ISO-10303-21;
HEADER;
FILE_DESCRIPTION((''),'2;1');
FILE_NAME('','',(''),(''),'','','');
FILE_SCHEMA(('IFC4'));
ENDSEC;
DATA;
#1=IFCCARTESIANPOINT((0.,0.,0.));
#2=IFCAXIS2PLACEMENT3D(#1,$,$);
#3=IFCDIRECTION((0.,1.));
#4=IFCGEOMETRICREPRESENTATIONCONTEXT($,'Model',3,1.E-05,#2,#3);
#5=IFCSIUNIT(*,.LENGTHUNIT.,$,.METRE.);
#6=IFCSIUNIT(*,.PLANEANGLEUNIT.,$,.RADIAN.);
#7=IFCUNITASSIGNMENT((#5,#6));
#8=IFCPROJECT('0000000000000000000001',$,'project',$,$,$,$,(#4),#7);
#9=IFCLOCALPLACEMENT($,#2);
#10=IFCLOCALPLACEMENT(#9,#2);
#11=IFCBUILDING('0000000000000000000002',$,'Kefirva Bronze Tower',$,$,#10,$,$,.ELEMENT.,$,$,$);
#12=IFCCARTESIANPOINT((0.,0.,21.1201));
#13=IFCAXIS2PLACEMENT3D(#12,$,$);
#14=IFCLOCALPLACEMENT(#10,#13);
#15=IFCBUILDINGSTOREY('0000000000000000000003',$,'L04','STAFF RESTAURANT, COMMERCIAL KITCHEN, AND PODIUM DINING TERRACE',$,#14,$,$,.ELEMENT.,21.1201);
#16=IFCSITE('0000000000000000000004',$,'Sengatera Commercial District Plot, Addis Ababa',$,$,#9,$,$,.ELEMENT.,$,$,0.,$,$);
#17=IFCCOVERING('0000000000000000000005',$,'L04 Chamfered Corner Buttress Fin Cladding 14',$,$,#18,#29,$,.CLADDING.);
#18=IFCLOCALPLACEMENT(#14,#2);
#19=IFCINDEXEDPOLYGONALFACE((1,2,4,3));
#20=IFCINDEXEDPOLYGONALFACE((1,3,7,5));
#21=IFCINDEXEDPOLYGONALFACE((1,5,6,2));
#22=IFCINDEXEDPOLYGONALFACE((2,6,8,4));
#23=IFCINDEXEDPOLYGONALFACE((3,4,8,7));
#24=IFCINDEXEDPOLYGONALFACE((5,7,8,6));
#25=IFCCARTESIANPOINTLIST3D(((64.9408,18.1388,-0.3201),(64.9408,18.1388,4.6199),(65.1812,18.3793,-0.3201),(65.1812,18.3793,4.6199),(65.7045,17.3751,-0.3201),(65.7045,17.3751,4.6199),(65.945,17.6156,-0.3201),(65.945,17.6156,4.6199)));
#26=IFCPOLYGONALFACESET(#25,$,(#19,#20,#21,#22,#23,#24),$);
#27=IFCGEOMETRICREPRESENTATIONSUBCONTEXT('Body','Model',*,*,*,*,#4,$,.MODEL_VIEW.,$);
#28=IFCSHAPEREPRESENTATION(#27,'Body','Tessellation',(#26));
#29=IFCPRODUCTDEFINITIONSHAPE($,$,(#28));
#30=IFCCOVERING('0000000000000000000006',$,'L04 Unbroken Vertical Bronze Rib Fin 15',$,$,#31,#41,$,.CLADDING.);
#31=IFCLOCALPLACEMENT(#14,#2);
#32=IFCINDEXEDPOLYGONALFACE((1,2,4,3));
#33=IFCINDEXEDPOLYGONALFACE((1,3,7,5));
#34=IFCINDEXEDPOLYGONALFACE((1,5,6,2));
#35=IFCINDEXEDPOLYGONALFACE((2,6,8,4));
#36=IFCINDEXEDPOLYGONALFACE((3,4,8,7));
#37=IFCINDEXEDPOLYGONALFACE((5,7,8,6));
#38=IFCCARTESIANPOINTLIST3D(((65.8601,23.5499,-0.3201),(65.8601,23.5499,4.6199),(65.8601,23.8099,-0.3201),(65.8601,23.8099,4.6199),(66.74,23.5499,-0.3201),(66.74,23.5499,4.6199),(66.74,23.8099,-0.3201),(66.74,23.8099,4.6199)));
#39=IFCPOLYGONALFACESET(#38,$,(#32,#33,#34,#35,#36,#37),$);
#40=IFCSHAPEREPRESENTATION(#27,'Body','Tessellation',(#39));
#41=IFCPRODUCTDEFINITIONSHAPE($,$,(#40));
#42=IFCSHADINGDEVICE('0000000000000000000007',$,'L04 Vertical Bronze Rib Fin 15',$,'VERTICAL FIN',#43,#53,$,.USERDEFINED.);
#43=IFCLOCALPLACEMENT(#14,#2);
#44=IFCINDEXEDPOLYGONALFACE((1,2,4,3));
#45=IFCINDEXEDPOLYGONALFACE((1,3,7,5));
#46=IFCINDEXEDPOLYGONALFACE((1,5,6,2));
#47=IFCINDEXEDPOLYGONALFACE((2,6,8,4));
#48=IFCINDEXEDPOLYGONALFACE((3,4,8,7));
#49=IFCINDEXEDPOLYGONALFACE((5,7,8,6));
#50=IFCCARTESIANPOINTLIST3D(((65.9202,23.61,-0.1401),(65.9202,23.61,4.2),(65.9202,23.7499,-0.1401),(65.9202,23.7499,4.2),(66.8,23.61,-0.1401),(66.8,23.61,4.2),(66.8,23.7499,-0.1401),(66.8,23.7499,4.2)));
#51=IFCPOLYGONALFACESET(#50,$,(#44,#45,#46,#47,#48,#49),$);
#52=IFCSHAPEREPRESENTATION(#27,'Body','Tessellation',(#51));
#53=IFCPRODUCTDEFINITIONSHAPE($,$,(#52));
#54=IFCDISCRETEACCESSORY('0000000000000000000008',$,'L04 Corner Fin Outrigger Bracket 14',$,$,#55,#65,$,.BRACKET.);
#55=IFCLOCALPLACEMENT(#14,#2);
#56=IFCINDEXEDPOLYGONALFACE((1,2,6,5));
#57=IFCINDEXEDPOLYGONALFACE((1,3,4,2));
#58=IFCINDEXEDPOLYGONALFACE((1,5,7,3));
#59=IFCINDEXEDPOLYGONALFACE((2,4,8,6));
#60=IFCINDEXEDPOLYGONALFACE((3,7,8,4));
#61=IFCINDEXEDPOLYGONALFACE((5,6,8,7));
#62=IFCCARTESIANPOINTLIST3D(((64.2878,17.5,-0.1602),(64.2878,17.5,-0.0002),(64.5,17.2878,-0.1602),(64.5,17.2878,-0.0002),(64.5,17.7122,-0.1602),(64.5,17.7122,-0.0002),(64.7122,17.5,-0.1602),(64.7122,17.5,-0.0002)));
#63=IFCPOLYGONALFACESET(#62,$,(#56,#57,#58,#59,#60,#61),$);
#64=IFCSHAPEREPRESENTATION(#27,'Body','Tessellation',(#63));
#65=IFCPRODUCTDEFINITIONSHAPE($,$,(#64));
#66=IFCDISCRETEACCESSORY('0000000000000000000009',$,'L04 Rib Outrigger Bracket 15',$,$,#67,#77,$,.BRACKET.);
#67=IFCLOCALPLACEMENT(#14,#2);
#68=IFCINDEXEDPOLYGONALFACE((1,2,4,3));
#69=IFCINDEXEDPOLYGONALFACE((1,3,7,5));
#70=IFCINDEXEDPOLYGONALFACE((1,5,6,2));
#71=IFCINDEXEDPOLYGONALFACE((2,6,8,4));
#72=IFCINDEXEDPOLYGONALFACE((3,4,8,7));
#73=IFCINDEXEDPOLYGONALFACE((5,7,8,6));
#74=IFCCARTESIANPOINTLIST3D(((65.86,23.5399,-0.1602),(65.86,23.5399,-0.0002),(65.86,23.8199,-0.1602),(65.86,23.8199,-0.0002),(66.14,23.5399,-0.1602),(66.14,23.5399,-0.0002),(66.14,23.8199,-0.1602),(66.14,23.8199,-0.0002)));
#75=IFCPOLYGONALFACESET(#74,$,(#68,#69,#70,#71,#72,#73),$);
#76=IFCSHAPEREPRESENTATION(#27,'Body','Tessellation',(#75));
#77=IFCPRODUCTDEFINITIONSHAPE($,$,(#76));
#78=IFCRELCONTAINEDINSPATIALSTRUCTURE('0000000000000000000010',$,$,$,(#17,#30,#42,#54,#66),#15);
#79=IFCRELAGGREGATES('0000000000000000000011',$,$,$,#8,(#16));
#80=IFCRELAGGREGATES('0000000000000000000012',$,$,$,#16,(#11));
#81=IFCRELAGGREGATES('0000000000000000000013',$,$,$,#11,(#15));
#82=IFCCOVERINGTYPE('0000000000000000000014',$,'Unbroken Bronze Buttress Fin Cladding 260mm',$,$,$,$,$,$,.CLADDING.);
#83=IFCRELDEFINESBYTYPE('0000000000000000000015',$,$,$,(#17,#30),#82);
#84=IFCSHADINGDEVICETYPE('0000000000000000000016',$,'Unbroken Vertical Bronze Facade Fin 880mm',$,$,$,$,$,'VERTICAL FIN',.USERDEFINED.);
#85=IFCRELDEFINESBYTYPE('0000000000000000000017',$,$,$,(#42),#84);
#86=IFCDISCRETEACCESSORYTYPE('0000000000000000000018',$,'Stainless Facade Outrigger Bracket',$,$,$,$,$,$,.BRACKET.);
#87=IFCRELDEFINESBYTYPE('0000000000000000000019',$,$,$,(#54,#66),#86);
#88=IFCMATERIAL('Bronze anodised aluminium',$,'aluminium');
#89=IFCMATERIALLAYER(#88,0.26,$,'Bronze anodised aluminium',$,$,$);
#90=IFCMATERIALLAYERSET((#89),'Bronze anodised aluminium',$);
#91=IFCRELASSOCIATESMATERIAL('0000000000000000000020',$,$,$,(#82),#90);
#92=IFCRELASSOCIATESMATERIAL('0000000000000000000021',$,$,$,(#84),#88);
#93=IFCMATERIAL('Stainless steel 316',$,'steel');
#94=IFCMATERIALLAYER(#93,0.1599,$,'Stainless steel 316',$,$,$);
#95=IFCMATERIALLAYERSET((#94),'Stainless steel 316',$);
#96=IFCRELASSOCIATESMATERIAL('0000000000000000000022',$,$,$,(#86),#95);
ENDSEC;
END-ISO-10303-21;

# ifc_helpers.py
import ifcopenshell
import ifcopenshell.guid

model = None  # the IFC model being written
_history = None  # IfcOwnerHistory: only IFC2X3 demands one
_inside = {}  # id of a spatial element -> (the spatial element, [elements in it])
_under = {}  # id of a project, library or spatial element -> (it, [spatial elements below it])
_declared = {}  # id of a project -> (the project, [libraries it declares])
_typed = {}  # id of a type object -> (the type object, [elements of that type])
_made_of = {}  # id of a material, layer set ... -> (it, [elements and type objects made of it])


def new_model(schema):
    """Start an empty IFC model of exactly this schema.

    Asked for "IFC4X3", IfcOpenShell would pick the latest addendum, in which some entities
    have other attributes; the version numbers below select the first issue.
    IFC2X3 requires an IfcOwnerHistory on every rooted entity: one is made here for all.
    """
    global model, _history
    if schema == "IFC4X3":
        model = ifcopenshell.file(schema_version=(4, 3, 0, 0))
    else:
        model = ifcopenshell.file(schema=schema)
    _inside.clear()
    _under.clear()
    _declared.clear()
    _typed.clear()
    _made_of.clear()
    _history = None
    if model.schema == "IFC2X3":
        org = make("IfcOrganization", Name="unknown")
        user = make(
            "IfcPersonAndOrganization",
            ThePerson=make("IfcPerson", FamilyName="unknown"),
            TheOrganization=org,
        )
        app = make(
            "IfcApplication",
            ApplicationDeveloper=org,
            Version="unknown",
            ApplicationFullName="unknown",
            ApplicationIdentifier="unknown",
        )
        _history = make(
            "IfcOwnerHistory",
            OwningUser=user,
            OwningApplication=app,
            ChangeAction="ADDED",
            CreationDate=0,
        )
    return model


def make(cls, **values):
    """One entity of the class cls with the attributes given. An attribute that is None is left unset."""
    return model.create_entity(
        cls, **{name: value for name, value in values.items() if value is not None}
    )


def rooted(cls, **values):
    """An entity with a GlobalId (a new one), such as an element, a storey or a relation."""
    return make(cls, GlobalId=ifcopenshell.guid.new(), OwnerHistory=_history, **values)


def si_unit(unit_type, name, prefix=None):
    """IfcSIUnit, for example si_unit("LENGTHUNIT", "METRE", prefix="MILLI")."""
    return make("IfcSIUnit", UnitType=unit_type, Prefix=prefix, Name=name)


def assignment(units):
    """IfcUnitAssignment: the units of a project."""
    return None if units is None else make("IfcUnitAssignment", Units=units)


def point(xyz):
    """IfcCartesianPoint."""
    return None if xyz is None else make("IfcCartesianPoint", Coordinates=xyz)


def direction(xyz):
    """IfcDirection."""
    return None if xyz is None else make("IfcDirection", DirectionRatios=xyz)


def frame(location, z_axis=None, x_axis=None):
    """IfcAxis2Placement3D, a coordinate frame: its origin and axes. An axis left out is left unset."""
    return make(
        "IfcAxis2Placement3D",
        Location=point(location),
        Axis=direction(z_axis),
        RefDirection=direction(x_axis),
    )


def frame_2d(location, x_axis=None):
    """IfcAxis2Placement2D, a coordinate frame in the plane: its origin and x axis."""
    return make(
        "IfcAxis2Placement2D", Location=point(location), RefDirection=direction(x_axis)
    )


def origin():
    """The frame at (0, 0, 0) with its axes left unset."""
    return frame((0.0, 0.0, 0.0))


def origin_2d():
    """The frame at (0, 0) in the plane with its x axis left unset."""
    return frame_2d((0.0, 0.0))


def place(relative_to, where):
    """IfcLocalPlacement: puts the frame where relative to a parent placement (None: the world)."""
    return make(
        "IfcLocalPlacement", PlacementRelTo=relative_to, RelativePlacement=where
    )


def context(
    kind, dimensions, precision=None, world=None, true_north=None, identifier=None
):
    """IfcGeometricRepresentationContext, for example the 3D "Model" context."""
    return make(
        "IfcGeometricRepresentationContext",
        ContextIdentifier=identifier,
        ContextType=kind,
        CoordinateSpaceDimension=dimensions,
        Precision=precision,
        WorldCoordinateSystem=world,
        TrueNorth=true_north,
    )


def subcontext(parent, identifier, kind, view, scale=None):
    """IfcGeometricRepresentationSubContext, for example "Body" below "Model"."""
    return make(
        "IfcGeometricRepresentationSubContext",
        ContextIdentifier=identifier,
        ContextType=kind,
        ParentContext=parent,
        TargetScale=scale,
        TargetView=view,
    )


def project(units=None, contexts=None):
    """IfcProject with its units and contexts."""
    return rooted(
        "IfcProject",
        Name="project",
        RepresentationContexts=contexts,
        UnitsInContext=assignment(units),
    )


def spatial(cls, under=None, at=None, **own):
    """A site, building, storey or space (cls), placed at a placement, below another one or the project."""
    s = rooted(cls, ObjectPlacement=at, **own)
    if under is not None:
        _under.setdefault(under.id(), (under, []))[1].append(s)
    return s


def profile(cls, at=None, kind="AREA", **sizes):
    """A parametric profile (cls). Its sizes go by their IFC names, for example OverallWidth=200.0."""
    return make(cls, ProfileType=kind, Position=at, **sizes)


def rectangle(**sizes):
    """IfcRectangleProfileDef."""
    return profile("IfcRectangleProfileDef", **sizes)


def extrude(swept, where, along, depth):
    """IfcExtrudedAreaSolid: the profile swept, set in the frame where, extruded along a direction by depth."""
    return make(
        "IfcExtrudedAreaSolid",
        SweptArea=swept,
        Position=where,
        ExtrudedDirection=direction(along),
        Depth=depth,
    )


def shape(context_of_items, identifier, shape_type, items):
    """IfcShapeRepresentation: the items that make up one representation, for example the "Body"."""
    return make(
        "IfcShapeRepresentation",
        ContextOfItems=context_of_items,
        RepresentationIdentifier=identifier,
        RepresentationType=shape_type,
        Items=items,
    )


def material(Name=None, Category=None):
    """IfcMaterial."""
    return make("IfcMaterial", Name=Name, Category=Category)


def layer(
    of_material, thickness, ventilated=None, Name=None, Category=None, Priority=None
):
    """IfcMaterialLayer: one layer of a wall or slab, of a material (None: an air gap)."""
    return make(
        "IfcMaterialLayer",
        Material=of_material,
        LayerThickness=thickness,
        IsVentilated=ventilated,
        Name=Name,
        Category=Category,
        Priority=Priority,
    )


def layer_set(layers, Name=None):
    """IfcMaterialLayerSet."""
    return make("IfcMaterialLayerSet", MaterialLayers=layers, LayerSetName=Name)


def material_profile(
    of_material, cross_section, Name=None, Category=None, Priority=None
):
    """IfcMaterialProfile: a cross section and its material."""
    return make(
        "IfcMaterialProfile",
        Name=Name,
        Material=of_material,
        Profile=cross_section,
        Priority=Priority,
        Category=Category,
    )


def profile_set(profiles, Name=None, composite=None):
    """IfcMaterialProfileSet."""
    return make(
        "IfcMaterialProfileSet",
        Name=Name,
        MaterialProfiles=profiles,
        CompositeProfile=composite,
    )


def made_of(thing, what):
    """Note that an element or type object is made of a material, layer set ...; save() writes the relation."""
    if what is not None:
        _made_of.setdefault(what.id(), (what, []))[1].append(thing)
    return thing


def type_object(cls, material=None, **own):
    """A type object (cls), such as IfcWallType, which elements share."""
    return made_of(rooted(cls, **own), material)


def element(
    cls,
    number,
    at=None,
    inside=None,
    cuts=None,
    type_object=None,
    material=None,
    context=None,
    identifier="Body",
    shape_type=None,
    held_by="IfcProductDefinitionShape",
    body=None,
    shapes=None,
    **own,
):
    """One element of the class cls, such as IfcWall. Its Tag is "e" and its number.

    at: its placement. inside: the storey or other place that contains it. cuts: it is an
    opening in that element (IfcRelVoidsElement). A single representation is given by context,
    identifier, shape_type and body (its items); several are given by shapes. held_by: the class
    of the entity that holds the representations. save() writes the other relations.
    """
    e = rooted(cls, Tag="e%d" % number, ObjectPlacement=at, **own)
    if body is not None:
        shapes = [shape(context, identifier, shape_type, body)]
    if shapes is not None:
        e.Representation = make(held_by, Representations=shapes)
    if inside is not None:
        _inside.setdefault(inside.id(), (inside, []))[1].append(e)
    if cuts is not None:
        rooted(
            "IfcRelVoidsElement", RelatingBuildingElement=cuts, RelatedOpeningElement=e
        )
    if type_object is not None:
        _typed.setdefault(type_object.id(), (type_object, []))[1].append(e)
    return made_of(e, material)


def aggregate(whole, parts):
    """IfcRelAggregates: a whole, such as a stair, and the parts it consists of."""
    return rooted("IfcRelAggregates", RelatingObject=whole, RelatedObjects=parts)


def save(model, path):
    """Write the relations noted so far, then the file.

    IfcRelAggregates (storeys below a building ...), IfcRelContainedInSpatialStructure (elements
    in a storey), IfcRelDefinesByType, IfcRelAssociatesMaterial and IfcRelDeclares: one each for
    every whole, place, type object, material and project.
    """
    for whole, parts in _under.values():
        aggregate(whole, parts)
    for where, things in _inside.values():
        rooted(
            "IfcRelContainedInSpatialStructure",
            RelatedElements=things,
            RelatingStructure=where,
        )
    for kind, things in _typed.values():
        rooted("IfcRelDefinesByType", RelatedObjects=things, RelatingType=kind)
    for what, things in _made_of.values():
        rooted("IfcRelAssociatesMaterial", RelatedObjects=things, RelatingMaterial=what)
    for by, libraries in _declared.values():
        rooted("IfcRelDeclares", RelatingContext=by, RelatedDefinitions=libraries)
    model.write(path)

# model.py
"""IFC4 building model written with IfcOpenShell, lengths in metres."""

from ifc_helpers import new_model, si_unit, direction, frame, origin, origin_2d, place, context, subcontext, project, spatial, rectangle, extrude, material, layer, layer_set, material_profile, profile_set, type_object, element, save


model = new_model("IFC4")

# Units and contexts
model_context = context("Model", 3, precision=1e-05, world=origin(), true_north=direction((0.0, 1.0)))
body_context = subcontext(model_context, "Body", "Model", "MODEL_VIEW")
ifc_project = project(units=[si_unit("LENGTHUNIT", "METRE"), si_unit("PLANEANGLEUNIT", "RADIAN")], contexts=[model_context])

# Site, building, storey
site_placement = place(None, origin())
site = spatial("IfcSite", under=ifc_project, at=site_placement, Name="Sengatera Commercial District Plot, Addis Ababa", CompositionType="ELEMENT", RefElevation=0.0)
building_placement = place(site_placement, origin())
building = spatial("IfcBuilding", under=site, at=building_placement, Name="Kefirva Bronze Tower", CompositionType="ELEMENT")
storey_placement = place(building_placement, frame((0.0, 0.0, 21.1201)))
storey = spatial("IfcBuildingStorey", under=building, at=storey_placement, Name="L04", Description="STAFF RESTAURANT, COMMERCIAL KITCHEN, AND PODIUM DINING TERRACE", CompositionType="ELEMENT", Elevation=21.1201)

# Shared definitions
ifc_material_1 = material(Name="Bronze anodised aluminium", Category="aluminium")

# Shared definitions
ifc_material_2 = material(Name="Stainless steel 316", Category="steel")

# Coverings
ifc_layer_1 = layer(ifc_material_1, 0.26, Name="Bronze anodised aluminium")
ifc_layer_set_1 = layer_set([ifc_layer_1], Name="Bronze anodised aluminium")
covering_type_1 = type_object("IfcCoveringType", Name="Unbroken Bronze Buttress Fin Cladding 260mm", PredefinedType="CLADDING", material=ifc_layer_set_1)
for number, where, z_axis, x_axis, name in (
    (1, (65.4429, 17.8772, -0.3201), (0.0, 0.0, 1.0), (0.707107, 0.707107, 0.0), "L04 Chamfered Corner Buttress Fin Cladding 14"),
):
    element("IfcCovering", number, at=place(storey_placement, frame(where, z_axis=z_axis, x_axis=x_axis)), inside=storey, type_object=covering_type_1, Name=name, PredefinedType="CLADDING", context=body_context, shape_type="SweptSolid", body=[
        extrude(rectangle(XDim=0.3401, YDim=1.0801, at=origin_2d()), origin(), (0.0, 0.0, 1.0), 4.9399),
    ])
covering_1_placement = place(storey_placement, frame((66.3, 23.6799, -0.3201), z_axis=(0.0, 0.0, 1.0), x_axis=(0.0, 1.0, 0.0)))
element("IfcCovering", 2, at=covering_1_placement, inside=storey, type_object=covering_type_1, Name="L04 Unbroken Vertical Bronze Rib Fin 15", PredefinedType="CLADDING", context=body_context, shape_type="SweptSolid", body=[
    extrude(rectangle(XDim=0.26, YDim=0.8799, at=origin_2d()), origin(), (0.0, 0.0, 1.0), 4.9399),
])

# Shading device
ifc_material_profile_1 = material_profile(ifc_material_1, rectangle(XDim=0.1399, YDim=0.8799, at=origin_2d()), Name="BRONZE FIN 140x880")
ifc_profile_set_1 = profile_set([ifc_material_profile_1], Name="Bronze anodised aluminium")
shading_device_type_1 = type_object("IfcShadingDeviceType", Name="Unbroken Vertical Bronze Facade Fin 880mm", ElementType="VERTICAL FIN", PredefinedType="USERDEFINED", material=ifc_profile_set_1)
shading_device_1_placement = place(storey_placement, frame((66.3601, 23.6799, -0.1401), z_axis=(0.0, 0.0, 1.0), x_axis=(0.0, 1.0, 0.0)))
element("IfcShadingDevice", 3, at=shading_device_1_placement, inside=storey, type_object=shading_device_type_1, Name="L04 Vertical Bronze Rib Fin 15", ObjectType="VERTICAL FIN", PredefinedType="USERDEFINED", context=body_context, shape_type="SweptSolid", body=[
    extrude(rectangle(XDim=0.1399, YDim=0.8799, at=origin_2d()), origin(), (0.0, 0.0, 1.0), 4.3401),
])

# Discrete accessories
ifc_layer_2 = layer(ifc_material_2, 0.1599, Name="Stainless steel 316")
ifc_layer_set_2 = layer_set([ifc_layer_2], Name="Stainless steel 316")
discrete_accessory_type = type_object("IfcDiscreteAccessoryType", Name="Stainless Facade Outrigger Bracket", PredefinedType="BRACKET", material=ifc_layer_set_2)
discrete_accessory_1_placement = place(storey_placement, frame((64.5, 17.5, -0.1602), z_axis=(0.0, 0.0, 1.0), x_axis=(0.707107, 0.707107, 0.0)))
element("IfcDiscreteAccessory", 4, at=discrete_accessory_1_placement, inside=storey, type_object=discrete_accessory_type, Name="L04 Corner Fin Outrigger Bracket 14", PredefinedType="BRACKET", context=body_context, shape_type="SweptSolid", body=[
    extrude(rectangle(XDim=0.3, YDim=0.3, at=origin_2d()), origin(), (0.0, 0.0, 1.0), 0.1599),
])
discrete_accessory_2_placement = place(storey_placement, frame((66.0, 23.6799, -0.1602), z_axis=(0.0, 0.0, 1.0), x_axis=(0.0, 1.0, 0.0)))
element("IfcDiscreteAccessory", 5, at=discrete_accessory_2_placement, inside=storey, type_object=discrete_accessory_type, Name="L04 Rib Outrigger Bracket 15", PredefinedType="BRACKET", context=body_context, shape_type="SweptSolid", body=[
    extrude(rectangle(XDim=0.28, YDim=0.28, at=origin_2d()), origin(), (0.0, 0.0, 1.0), 0.1599),
])

save(model, "model.ifc")
